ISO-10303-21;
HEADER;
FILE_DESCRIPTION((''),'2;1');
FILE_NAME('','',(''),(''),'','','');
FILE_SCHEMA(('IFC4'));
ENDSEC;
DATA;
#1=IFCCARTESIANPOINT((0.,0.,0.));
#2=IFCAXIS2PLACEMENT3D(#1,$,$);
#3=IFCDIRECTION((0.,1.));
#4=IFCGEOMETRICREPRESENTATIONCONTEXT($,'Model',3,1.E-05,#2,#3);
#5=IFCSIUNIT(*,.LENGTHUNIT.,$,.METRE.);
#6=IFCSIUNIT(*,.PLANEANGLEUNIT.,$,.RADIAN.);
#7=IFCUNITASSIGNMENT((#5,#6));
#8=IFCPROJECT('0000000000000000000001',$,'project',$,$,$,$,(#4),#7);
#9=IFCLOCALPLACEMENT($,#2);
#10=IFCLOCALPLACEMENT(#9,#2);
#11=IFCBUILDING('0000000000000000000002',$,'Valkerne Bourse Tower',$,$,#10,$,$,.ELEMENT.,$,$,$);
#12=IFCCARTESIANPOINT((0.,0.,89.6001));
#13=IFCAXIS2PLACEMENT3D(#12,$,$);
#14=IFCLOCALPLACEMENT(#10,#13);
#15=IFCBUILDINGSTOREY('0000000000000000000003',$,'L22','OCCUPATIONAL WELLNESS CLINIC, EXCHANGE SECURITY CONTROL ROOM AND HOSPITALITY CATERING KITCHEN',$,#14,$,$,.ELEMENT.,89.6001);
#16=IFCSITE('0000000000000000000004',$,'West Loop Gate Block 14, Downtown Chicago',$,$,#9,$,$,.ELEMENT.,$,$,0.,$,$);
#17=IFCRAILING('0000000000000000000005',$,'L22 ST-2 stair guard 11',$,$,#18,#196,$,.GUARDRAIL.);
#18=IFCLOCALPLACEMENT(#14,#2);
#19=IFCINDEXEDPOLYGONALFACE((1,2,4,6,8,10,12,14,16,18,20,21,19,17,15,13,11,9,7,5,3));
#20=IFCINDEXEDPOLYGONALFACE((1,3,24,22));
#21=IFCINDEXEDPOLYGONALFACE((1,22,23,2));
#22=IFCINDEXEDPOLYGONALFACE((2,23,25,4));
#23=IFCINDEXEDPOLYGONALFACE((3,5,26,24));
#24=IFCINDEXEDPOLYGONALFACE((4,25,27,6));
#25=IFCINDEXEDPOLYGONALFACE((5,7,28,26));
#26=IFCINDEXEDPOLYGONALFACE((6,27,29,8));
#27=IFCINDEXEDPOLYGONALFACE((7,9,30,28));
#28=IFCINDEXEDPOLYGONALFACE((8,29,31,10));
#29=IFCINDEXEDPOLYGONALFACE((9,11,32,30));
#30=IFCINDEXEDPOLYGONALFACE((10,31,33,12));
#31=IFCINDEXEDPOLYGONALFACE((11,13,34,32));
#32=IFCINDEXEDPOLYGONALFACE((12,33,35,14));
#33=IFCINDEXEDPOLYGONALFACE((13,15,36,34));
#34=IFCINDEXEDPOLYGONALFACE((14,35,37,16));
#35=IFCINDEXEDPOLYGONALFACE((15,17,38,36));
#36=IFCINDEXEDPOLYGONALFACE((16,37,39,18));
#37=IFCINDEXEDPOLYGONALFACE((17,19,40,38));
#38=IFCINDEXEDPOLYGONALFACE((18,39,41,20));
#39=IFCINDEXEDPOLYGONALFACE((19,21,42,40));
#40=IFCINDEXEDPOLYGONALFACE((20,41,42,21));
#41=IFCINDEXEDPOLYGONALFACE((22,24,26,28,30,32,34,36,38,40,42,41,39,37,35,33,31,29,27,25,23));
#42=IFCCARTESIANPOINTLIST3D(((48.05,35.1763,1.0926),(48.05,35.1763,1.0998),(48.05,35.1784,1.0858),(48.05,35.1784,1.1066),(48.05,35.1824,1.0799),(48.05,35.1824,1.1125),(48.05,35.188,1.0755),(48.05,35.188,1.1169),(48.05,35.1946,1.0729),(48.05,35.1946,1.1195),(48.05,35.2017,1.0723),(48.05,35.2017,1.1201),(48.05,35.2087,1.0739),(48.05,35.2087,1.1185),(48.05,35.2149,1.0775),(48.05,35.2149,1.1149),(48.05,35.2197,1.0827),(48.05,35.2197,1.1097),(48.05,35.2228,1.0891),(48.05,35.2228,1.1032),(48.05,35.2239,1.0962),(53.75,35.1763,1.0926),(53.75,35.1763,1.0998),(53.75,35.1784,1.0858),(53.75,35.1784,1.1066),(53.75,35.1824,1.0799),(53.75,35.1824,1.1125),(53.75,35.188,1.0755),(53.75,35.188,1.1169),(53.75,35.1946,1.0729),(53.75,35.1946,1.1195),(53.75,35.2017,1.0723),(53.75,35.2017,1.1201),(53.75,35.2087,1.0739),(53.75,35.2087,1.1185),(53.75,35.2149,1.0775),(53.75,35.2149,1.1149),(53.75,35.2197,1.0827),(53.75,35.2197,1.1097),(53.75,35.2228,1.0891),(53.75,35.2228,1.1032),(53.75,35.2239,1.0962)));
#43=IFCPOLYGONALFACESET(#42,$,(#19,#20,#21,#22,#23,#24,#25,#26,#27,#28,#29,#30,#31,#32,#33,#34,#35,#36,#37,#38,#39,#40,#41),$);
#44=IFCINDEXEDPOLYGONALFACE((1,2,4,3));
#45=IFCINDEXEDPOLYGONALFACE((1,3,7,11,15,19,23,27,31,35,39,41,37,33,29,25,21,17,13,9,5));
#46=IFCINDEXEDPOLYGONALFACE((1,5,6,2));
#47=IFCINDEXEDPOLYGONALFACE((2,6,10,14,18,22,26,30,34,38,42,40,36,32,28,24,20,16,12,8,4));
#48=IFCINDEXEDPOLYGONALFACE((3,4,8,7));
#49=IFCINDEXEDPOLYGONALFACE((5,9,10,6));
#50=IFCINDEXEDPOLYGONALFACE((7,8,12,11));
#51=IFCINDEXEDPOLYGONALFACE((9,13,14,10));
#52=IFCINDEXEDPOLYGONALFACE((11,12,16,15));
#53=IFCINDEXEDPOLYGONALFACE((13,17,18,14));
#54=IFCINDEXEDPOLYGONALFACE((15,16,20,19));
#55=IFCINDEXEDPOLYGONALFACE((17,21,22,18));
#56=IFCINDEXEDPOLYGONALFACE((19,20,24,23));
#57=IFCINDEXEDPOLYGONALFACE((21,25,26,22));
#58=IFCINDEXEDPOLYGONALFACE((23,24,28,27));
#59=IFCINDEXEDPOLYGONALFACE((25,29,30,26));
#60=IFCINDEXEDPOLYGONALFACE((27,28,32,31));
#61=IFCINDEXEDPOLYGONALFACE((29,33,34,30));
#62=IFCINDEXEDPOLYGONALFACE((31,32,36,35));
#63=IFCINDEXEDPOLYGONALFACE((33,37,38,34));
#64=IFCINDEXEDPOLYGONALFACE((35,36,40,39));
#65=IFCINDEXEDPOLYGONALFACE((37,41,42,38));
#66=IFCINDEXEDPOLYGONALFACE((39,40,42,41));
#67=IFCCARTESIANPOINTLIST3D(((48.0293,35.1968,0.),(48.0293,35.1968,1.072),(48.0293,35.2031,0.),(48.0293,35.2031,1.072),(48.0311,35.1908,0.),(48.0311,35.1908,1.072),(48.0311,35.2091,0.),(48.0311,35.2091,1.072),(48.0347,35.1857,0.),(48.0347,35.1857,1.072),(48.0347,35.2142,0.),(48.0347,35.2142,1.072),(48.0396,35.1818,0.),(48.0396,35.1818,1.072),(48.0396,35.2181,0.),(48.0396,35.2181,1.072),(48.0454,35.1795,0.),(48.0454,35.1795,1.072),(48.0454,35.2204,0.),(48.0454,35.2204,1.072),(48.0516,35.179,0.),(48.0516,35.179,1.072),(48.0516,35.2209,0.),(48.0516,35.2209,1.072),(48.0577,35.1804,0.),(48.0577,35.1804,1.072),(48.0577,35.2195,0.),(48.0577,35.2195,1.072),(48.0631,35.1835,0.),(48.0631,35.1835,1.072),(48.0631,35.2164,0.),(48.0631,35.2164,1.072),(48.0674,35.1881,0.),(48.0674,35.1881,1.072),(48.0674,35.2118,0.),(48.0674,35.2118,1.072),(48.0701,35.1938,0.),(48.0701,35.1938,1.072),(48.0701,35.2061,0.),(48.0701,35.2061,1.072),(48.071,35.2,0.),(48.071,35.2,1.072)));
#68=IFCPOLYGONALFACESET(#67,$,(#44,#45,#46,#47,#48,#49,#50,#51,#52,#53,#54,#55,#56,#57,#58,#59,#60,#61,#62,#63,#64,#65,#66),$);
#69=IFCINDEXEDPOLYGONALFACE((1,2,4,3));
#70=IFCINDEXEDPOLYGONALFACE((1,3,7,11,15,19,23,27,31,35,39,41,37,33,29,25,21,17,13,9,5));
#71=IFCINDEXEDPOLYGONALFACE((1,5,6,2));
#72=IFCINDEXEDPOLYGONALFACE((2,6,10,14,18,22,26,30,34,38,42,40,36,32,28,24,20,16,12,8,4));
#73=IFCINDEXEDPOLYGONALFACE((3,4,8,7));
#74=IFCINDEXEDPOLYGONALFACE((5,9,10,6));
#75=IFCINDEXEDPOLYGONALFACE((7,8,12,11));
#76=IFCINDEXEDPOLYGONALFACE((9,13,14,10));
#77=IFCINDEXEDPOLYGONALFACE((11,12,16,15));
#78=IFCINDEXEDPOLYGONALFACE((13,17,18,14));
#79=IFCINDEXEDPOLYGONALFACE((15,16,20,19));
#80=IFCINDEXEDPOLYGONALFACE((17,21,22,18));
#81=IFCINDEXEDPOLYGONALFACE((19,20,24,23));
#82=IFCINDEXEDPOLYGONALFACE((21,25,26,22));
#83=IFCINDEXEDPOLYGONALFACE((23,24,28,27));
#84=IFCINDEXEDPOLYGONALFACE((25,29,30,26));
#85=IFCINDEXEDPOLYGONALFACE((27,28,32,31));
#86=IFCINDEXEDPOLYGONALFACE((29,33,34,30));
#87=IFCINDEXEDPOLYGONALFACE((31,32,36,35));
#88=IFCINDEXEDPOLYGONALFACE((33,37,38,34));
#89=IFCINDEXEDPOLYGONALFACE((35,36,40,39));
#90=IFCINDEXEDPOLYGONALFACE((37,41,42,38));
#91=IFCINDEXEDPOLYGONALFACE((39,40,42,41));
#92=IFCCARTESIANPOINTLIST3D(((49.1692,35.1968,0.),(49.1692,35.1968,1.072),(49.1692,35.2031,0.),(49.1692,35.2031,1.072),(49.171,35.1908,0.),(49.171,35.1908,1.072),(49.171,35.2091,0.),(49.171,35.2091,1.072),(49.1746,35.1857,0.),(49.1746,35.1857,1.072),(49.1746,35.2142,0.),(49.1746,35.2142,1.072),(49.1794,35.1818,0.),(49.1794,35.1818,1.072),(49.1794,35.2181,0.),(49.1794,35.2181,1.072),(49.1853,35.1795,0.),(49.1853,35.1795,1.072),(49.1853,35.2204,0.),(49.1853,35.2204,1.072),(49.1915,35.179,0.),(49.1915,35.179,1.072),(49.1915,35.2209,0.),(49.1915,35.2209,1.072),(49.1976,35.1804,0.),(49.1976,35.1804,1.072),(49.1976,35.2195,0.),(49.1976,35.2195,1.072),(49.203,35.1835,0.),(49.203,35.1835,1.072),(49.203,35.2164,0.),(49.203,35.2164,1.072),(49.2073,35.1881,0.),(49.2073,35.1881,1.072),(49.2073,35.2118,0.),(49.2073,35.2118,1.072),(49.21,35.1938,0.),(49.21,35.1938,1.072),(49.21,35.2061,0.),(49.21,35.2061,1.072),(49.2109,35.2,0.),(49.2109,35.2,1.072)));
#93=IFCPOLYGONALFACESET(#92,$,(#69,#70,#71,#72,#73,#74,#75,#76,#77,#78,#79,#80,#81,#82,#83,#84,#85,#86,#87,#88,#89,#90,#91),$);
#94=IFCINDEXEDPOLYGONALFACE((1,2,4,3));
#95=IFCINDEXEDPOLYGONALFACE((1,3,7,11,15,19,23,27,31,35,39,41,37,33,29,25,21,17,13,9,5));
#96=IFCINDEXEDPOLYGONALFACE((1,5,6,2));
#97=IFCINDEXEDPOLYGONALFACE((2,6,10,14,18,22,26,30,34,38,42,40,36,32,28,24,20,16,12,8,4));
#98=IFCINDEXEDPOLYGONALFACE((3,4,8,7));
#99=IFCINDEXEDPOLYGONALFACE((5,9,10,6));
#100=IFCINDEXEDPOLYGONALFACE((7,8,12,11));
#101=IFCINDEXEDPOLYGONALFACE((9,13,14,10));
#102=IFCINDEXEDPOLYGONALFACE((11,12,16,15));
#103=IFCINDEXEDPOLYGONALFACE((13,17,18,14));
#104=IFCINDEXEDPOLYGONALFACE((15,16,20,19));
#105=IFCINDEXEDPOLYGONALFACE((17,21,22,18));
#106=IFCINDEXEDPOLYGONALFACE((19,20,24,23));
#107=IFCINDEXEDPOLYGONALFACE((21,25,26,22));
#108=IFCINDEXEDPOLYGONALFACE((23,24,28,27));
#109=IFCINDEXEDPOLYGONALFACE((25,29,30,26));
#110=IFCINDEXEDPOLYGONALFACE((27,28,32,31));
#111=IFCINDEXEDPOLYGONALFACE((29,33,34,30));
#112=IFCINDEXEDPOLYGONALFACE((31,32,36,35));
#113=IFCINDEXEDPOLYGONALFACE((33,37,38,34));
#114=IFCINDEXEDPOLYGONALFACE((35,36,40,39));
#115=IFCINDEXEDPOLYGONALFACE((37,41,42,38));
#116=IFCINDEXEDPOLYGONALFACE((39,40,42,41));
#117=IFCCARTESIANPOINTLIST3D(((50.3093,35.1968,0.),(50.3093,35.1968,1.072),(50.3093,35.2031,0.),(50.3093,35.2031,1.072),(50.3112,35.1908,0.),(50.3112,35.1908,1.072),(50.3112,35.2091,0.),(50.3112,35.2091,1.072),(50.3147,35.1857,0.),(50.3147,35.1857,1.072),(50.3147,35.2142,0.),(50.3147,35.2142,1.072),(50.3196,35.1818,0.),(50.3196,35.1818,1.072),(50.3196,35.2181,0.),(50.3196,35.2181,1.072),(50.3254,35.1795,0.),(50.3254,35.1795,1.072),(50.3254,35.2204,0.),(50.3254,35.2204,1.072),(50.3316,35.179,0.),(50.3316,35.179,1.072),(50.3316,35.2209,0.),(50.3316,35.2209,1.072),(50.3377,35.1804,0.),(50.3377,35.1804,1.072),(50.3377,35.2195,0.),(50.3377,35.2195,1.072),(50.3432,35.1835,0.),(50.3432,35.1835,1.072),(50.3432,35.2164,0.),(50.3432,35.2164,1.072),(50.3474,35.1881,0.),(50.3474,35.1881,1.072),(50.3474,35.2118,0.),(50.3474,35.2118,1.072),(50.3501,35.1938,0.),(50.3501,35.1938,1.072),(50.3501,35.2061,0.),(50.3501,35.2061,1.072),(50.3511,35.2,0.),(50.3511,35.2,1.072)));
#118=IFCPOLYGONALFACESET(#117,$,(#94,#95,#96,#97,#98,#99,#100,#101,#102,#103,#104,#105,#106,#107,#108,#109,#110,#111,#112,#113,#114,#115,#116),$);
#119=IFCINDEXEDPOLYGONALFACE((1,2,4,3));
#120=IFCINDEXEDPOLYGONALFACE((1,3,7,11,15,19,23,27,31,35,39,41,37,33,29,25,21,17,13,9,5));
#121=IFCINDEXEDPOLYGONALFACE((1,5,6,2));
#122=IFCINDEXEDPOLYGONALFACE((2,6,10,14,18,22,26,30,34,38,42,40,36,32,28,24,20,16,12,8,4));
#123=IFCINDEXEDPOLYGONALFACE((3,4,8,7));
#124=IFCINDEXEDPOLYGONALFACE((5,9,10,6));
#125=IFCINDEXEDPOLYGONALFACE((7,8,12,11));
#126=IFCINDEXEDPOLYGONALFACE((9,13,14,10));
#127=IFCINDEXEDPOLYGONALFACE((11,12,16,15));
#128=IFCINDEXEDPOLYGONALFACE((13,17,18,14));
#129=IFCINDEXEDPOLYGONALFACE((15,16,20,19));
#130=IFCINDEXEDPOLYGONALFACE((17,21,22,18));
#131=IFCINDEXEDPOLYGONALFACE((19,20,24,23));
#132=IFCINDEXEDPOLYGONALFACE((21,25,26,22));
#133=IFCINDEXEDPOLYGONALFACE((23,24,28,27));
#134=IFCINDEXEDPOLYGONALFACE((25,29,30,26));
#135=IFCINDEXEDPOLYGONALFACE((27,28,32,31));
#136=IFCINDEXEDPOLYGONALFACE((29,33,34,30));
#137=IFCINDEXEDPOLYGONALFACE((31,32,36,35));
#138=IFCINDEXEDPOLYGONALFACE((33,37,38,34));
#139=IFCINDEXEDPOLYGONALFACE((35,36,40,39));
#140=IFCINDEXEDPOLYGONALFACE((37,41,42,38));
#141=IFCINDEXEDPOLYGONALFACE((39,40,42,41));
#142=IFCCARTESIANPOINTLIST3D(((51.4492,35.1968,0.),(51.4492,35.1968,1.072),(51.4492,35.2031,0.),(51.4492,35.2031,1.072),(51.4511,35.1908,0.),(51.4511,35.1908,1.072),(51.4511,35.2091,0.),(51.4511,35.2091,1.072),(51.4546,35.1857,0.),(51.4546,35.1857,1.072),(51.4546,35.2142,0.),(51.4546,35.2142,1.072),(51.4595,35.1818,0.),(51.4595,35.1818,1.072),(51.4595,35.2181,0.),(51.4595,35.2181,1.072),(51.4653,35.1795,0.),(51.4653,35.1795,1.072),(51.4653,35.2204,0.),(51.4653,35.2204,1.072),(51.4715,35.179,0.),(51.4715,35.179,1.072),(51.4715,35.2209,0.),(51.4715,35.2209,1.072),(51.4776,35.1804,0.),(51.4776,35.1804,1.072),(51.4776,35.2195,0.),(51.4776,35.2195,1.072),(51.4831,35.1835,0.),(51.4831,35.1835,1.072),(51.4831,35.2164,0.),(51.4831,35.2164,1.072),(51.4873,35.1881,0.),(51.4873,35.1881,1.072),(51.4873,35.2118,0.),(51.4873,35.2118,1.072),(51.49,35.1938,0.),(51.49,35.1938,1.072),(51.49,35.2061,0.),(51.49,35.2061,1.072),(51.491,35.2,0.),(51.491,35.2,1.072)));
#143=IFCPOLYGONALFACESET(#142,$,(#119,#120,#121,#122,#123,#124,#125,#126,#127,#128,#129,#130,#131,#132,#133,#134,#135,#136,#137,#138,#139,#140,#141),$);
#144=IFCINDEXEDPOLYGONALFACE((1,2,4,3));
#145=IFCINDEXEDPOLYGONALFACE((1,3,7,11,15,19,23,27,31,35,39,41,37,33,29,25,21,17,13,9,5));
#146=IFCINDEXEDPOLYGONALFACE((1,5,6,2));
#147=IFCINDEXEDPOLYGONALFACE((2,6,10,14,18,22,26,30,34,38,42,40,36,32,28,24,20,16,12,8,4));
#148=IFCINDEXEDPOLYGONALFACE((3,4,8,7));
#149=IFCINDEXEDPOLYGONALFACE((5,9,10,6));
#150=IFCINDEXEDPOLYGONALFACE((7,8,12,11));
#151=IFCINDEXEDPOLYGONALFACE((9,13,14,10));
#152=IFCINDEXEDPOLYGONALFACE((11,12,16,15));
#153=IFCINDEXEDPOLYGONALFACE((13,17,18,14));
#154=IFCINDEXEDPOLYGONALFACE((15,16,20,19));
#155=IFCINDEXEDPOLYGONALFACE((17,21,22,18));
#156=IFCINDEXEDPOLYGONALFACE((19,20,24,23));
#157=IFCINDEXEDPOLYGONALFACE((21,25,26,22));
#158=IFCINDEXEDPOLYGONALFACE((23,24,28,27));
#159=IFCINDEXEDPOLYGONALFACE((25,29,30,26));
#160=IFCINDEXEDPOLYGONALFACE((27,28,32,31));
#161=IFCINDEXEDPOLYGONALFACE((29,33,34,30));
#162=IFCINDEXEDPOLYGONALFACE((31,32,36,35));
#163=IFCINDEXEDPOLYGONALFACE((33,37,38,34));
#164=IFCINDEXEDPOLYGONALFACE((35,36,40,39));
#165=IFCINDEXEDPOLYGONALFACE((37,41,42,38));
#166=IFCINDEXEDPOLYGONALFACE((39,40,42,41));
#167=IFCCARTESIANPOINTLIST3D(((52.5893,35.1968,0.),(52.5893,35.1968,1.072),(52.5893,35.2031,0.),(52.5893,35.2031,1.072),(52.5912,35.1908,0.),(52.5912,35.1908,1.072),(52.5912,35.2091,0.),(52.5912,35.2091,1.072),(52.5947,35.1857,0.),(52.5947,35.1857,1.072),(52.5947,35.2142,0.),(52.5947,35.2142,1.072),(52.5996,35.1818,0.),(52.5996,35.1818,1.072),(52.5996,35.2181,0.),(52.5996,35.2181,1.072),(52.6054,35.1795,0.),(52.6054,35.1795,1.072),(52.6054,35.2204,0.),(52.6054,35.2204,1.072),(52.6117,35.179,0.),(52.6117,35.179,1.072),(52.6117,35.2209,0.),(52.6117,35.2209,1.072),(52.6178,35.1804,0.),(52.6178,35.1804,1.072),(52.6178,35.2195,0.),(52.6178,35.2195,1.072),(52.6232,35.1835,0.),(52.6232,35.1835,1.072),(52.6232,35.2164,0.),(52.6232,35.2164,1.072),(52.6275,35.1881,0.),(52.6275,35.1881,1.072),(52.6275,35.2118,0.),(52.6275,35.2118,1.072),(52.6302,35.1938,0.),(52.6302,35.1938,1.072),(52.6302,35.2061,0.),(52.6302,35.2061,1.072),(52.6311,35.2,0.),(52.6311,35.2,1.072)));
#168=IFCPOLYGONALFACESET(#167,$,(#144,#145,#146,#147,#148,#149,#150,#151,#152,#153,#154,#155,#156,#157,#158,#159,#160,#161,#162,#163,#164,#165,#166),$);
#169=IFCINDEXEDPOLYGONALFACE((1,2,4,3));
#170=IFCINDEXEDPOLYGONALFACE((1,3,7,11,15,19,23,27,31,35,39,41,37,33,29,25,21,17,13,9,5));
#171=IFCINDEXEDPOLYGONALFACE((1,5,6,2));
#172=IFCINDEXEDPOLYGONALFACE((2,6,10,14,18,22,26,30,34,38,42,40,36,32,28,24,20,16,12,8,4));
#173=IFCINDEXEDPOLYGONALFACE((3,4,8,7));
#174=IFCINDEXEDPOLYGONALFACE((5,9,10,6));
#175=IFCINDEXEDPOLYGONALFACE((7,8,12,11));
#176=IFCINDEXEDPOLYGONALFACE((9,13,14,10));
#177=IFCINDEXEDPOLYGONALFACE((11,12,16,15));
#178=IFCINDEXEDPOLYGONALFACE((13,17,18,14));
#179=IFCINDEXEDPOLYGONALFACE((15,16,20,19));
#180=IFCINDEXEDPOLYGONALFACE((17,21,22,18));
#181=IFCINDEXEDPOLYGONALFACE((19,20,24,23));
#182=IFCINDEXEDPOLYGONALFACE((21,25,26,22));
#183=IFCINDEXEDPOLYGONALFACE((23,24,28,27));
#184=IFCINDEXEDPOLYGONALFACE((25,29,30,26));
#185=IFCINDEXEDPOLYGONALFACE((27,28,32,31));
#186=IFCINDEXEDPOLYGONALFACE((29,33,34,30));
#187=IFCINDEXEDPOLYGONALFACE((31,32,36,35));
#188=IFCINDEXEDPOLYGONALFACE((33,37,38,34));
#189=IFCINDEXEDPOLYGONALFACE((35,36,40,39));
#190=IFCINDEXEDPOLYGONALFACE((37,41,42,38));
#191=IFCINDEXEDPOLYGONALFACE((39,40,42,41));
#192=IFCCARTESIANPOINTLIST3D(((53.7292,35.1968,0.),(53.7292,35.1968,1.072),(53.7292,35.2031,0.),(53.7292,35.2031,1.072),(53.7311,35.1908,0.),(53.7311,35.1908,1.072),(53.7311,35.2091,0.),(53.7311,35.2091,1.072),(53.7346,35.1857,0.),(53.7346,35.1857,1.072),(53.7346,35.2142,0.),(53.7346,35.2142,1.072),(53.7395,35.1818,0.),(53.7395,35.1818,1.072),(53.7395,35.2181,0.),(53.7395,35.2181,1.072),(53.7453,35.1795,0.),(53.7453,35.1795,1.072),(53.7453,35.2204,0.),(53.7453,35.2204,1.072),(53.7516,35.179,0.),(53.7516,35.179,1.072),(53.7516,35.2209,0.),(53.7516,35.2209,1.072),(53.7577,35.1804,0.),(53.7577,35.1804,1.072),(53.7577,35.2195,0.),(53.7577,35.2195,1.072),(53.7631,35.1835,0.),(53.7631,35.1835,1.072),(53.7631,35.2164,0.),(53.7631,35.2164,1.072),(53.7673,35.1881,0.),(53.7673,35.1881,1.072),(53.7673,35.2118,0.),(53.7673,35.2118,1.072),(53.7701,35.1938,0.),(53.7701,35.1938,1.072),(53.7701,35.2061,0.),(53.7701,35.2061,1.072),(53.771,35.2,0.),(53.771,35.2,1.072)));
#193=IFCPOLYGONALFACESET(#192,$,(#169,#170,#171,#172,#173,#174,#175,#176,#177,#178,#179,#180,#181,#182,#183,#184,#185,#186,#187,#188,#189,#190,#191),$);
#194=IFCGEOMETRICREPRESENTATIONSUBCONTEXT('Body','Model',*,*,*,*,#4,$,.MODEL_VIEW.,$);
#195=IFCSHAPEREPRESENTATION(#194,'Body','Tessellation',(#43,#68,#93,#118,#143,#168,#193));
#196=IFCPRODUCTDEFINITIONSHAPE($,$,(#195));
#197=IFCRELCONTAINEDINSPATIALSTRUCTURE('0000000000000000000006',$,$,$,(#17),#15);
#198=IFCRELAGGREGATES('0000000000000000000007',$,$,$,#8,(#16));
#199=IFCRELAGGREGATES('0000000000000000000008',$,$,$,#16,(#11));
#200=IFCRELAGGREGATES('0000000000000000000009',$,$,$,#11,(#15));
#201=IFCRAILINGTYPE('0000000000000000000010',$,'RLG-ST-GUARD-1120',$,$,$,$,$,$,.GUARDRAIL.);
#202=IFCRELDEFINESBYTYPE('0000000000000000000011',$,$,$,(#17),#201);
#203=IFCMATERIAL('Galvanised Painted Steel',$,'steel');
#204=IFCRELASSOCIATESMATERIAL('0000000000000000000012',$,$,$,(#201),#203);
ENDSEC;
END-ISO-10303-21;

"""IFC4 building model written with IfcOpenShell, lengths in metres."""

from ifc_helpers import new_model, si_unit, direction, frame, origin, origin_2d, place, context, subcontext, project, spatial, circle, extrude, material, type_object, element, save


model = new_model("IFC4")

# Units and contexts
model_context = context("Model", 3, precision=1e-05, world=origin(), true_north=direction((0.0, 1.0)))
body_context = subcontext(model_context, "Body", "Model", "MODEL_VIEW")
ifc_project = project(units=[si_unit("LENGTHUNIT", "METRE"), si_unit("PLANEANGLEUNIT", "RADIAN")], contexts=[model_context])

# Site, building, storey
site_placement = place(None, origin())
site = spatial("IfcSite", under=ifc_project, at=site_placement, Name="West Loop Gate Block 14, Downtown Chicago", CompositionType="ELEMENT", RefElevation=0.0)
building_placement = place(site_placement, origin())
building = spatial("IfcBuilding", under=site, at=building_placement, Name="Valkerne Bourse Tower", CompositionType="ELEMENT")
storey_placement = place(building_placement, frame((0.0, 0.0, 89.6001)))
storey = spatial("IfcBuildingStorey", under=building, at=storey_placement, Name="L22", Description="OCCUPATIONAL WELLNESS CLINIC, EXCHANGE SECURITY CONTROL ROOM AND HOSPITALITY CATERING KITCHEN", CompositionType="ELEMENT", Elevation=89.6001)

# Shared definitions
ifc_material_1 = material(Name="Galvanised Painted Steel", Category="steel")

# Railing
railing_type_1 = type_object("IfcRailingType", Name="RLG-ST-GUARD-1120", PredefinedType="GUARDRAIL", material=ifc_material_1)
for number, where, name in (
    (1, (48.05, 35.2, 0.0), "L22 ST-2 stair guard 11"),
):
    element("IfcRailing", number, at=place(storey_placement, frame(where)), inside=storey, type_object=railing_type_1, Name=name, PredefinedType="GUARDRAIL", context=body_context, shape_type="SweptSolid", body=[
        extrude(circle(Radius=0.0239, at=origin_2d()), frame((0.0, 0.0, 1.0962), z_axis=(1.0, 0.0, 0.0), x_axis=(0.0, 1.0, 0.0)), (0.0, 0.0, 1.0), 5.7),
        extrude(circle(Radius=0.021, at=origin_2d()), origin(), (0.0, 0.0, 1.0), 1.072),
        extrude(circle(Radius=0.021, at=origin_2d()), frame((1.1399, 0.0, 0.0)), (0.0, 0.0, 1.0), 1.072),
        extrude(circle(Radius=0.021, at=origin_2d()), frame((2.28, 0.0, 0.0)), (0.0, 0.0, 1.0), 1.072),
        extrude(circle(Radius=0.021, at=origin_2d()), frame((3.4199, 0.0, 0.0)), (0.0, 0.0, 1.0), 1.072),
        extrude(circle(Radius=0.021, at=origin_2d()), frame((4.5601, 0.0, 0.0)), (0.0, 0.0, 1.0), 1.072),
        extrude(circle(Radius=0.021, at=origin_2d()), frame((5.7, 0.0, 0.0)), (0.0, 0.0, 1.0), 1.072),
    ])

save(model, "model.ifc")
